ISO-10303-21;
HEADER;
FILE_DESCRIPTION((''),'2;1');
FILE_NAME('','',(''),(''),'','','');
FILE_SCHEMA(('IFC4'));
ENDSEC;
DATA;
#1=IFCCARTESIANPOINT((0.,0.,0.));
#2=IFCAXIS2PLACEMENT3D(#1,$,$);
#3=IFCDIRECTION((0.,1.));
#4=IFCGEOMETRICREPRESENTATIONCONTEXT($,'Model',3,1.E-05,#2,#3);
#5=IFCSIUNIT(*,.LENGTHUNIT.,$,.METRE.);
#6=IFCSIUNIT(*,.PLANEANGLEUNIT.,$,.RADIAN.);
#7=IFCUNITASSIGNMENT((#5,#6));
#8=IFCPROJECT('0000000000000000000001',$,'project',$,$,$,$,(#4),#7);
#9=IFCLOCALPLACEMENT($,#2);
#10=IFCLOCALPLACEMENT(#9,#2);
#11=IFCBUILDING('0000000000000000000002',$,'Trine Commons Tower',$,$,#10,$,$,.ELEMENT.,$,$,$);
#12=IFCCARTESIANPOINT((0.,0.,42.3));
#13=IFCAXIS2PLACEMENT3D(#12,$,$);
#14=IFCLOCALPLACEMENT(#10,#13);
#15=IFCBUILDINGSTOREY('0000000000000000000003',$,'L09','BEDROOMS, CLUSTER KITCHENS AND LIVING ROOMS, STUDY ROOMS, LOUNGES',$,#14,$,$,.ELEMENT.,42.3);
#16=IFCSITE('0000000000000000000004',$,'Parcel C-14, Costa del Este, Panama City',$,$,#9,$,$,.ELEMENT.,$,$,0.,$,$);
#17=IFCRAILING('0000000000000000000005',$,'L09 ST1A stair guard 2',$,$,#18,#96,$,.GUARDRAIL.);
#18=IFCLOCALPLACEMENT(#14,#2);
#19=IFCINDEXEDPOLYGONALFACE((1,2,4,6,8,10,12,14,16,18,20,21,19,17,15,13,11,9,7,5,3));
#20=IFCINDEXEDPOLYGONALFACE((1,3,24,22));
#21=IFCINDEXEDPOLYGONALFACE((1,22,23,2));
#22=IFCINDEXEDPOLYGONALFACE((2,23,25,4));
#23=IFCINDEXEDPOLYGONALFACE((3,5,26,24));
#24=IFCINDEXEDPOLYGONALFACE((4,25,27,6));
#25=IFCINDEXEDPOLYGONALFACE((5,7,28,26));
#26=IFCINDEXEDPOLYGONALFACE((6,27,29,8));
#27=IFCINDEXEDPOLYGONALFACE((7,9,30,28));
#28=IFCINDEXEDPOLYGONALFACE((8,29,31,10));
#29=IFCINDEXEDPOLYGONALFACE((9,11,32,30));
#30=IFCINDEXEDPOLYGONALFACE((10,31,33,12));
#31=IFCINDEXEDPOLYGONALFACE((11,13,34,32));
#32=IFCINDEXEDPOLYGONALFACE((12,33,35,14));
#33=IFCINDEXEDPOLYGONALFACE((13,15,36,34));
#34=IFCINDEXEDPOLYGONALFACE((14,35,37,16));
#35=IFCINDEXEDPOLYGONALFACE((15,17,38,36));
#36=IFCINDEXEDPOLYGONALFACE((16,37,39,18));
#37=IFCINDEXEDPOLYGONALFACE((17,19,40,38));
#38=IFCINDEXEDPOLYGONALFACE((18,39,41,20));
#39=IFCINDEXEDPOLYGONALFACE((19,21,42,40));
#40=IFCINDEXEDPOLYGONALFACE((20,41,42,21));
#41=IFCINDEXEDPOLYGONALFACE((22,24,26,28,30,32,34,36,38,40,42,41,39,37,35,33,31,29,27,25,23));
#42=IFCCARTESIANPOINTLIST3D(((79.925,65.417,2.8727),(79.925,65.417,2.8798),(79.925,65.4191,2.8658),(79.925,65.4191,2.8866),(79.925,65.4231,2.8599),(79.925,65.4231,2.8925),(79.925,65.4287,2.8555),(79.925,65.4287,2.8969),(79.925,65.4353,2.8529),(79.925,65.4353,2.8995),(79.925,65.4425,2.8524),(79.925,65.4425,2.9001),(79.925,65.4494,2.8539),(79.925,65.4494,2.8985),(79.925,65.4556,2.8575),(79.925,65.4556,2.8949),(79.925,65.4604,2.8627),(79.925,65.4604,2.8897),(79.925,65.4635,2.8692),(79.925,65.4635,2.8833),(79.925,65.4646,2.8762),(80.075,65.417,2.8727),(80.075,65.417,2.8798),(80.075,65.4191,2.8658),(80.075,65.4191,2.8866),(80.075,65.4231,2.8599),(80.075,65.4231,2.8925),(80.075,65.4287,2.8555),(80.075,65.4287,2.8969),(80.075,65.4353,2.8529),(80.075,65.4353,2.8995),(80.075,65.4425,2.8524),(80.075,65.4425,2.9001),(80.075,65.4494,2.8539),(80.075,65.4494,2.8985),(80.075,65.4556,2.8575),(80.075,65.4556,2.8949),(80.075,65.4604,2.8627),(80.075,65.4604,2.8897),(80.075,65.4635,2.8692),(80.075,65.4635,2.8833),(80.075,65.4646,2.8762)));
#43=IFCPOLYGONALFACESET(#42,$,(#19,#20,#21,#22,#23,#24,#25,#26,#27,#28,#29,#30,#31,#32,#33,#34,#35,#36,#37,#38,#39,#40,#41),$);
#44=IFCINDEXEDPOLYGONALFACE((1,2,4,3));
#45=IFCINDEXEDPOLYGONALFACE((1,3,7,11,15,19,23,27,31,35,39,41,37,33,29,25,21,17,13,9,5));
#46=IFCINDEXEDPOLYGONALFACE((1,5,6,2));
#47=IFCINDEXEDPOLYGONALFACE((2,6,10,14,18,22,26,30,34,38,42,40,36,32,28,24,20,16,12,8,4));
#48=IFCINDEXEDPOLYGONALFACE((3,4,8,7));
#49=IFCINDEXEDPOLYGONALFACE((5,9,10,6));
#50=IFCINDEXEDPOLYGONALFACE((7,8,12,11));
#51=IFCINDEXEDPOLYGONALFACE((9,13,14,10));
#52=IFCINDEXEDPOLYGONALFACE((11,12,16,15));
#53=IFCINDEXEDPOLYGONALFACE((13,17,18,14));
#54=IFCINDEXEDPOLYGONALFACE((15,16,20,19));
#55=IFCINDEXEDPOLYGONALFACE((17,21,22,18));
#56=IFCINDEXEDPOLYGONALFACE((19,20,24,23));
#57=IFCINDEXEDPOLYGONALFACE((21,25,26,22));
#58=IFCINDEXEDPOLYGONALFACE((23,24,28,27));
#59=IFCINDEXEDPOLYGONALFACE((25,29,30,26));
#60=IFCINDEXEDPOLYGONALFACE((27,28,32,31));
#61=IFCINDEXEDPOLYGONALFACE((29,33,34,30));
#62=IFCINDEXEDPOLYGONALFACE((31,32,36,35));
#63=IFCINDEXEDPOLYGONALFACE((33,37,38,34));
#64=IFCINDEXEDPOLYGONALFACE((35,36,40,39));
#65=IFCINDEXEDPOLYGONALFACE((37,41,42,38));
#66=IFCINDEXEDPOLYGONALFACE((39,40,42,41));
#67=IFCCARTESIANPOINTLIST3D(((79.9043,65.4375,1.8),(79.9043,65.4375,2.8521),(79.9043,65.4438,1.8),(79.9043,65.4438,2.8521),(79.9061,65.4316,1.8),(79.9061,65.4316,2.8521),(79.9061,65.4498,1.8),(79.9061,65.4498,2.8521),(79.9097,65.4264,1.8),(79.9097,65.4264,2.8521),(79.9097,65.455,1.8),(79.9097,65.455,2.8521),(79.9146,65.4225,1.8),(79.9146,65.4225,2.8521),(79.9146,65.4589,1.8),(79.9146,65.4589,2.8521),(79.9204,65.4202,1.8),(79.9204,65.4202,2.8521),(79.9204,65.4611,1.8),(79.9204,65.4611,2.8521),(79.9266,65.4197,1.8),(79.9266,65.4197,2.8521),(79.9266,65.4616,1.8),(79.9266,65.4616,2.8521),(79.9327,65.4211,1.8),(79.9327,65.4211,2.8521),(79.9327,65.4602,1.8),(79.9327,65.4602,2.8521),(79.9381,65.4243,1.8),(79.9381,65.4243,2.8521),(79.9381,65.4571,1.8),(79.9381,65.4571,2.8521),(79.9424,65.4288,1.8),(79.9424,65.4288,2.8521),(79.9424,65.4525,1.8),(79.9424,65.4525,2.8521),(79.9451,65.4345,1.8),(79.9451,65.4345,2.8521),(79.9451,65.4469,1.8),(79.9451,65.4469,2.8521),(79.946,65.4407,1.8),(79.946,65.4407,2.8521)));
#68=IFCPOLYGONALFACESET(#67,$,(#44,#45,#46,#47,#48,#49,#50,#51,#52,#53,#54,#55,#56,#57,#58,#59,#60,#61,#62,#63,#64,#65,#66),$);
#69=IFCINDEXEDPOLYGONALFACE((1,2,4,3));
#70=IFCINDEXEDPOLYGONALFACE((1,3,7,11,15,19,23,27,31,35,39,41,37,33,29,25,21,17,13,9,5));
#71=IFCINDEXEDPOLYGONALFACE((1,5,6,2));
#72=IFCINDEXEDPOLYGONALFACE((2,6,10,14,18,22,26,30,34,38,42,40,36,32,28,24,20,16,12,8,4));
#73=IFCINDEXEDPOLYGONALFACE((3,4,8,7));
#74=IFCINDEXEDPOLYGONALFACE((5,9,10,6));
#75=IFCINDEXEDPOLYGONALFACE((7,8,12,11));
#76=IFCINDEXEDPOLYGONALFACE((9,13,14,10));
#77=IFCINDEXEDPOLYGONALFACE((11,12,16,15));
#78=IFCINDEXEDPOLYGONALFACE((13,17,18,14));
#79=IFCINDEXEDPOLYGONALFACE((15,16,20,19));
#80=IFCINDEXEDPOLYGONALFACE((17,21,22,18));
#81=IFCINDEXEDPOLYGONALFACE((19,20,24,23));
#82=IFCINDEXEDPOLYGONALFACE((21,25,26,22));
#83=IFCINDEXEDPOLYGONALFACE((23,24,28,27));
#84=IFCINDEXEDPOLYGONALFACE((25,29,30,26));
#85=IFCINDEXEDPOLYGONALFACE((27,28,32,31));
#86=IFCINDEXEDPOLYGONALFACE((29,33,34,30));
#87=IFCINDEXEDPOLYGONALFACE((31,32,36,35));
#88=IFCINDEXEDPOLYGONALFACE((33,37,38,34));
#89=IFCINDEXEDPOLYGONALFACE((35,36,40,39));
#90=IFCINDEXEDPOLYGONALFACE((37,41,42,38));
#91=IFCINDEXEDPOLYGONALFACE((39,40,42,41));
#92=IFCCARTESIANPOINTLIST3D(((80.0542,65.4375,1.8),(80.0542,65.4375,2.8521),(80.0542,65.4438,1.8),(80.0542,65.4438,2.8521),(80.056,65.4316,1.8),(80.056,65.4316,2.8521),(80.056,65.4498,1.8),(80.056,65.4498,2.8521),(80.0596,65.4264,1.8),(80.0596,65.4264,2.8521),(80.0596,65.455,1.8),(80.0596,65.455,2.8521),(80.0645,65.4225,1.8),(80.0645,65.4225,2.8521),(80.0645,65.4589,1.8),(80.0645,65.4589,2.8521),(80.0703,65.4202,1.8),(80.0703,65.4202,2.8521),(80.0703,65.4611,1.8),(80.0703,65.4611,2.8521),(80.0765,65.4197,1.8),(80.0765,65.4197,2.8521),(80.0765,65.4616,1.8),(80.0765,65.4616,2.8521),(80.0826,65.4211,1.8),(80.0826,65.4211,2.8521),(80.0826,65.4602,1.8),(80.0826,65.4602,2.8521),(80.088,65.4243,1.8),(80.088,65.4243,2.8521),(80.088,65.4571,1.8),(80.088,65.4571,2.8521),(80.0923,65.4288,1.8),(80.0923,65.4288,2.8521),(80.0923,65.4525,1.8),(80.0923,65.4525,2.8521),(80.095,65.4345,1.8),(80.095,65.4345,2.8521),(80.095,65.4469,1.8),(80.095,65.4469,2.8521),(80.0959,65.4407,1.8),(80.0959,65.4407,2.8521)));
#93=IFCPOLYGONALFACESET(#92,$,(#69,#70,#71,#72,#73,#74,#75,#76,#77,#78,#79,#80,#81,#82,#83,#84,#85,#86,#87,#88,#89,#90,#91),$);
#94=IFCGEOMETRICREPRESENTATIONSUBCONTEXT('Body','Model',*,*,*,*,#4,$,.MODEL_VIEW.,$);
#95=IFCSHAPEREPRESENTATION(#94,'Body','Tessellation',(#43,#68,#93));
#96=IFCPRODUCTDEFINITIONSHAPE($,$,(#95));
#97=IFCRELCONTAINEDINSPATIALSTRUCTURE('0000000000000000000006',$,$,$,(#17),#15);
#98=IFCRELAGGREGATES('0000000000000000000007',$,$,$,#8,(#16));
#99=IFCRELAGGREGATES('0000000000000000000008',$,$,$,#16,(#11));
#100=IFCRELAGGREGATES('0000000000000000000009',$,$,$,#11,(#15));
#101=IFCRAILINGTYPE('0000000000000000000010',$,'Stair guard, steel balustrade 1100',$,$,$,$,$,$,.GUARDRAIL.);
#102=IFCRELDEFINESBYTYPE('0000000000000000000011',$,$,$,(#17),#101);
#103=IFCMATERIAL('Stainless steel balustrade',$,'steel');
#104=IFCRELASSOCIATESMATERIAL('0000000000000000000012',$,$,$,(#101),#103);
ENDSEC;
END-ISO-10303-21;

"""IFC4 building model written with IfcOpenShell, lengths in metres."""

from ifc_helpers import new_model, si_unit, direction, frame, origin, origin_2d, place, context, subcontext, project, spatial, circle, extrude, material, type_object, element, save


model = new_model("IFC4")

# Units and contexts
model_context = context("Model", 3, precision=1e-05, world=origin(), true_north=direction((0.0, 1.0)))
body_context = subcontext(model_context, "Body", "Model", "MODEL_VIEW")
ifc_project = project(units=[si_unit("LENGTHUNIT", "METRE"), si_unit("PLANEANGLEUNIT", "RADIAN")], contexts=[model_context])

# Site, building, storey
site_placement = place(None, origin())
site = spatial("IfcSite", under=ifc_project, at=site_placement, Name="Parcel C-14, Costa del Este, Panama City", CompositionType="ELEMENT", RefElevation=0.0)
building_placement = place(site_placement, origin())
building = spatial("IfcBuilding", under=site, at=building_placement, Name="Trine Commons Tower", CompositionType="ELEMENT")
storey_placement = place(building_placement, frame((0.0, 0.0, 42.3)))
storey = spatial("IfcBuildingStorey", under=building, at=storey_placement, Name="L09", Description="BEDROOMS, CLUSTER KITCHENS AND LIVING ROOMS, STUDY ROOMS, LOUNGES", CompositionType="ELEMENT", Elevation=42.3)

# Railing
ifc_material_1 = material(Name="Stainless steel balustrade", Category="steel")
railing_type_1 = type_object("IfcRailingType", Name="Stair guard, steel balustrade 1100", PredefinedType="GUARDRAIL", material=ifc_material_1)
railing_1_placement = place(storey_placement, frame((79.925, 65.4407, 1.8)))
element("IfcRailing", 1, at=railing_1_placement, inside=storey, type_object=railing_type_1, Name="L09 ST1A stair guard 2", PredefinedType="GUARDRAIL", context=body_context, shape_type="SweptSolid", body=[
    extrude(circle(Radius=0.0239, at=origin_2d()), frame((0.0, 0.0, 1.0762), z_axis=(1.0, 0.0, 0.0), x_axis=(0.0, 1.0, 0.0)), (0.0, 0.0, 1.0), 0.1499),
    extrude(circle(Radius=0.021, at=origin_2d()), origin(), (0.0, 0.0, 1.0), 1.052),
    extrude(circle(Radius=0.021, at=origin_2d()), frame((0.1499, 0.0, 0.0)), (0.0, 0.0, 1.0), 1.052),
])

save(model, "model.ifc")
